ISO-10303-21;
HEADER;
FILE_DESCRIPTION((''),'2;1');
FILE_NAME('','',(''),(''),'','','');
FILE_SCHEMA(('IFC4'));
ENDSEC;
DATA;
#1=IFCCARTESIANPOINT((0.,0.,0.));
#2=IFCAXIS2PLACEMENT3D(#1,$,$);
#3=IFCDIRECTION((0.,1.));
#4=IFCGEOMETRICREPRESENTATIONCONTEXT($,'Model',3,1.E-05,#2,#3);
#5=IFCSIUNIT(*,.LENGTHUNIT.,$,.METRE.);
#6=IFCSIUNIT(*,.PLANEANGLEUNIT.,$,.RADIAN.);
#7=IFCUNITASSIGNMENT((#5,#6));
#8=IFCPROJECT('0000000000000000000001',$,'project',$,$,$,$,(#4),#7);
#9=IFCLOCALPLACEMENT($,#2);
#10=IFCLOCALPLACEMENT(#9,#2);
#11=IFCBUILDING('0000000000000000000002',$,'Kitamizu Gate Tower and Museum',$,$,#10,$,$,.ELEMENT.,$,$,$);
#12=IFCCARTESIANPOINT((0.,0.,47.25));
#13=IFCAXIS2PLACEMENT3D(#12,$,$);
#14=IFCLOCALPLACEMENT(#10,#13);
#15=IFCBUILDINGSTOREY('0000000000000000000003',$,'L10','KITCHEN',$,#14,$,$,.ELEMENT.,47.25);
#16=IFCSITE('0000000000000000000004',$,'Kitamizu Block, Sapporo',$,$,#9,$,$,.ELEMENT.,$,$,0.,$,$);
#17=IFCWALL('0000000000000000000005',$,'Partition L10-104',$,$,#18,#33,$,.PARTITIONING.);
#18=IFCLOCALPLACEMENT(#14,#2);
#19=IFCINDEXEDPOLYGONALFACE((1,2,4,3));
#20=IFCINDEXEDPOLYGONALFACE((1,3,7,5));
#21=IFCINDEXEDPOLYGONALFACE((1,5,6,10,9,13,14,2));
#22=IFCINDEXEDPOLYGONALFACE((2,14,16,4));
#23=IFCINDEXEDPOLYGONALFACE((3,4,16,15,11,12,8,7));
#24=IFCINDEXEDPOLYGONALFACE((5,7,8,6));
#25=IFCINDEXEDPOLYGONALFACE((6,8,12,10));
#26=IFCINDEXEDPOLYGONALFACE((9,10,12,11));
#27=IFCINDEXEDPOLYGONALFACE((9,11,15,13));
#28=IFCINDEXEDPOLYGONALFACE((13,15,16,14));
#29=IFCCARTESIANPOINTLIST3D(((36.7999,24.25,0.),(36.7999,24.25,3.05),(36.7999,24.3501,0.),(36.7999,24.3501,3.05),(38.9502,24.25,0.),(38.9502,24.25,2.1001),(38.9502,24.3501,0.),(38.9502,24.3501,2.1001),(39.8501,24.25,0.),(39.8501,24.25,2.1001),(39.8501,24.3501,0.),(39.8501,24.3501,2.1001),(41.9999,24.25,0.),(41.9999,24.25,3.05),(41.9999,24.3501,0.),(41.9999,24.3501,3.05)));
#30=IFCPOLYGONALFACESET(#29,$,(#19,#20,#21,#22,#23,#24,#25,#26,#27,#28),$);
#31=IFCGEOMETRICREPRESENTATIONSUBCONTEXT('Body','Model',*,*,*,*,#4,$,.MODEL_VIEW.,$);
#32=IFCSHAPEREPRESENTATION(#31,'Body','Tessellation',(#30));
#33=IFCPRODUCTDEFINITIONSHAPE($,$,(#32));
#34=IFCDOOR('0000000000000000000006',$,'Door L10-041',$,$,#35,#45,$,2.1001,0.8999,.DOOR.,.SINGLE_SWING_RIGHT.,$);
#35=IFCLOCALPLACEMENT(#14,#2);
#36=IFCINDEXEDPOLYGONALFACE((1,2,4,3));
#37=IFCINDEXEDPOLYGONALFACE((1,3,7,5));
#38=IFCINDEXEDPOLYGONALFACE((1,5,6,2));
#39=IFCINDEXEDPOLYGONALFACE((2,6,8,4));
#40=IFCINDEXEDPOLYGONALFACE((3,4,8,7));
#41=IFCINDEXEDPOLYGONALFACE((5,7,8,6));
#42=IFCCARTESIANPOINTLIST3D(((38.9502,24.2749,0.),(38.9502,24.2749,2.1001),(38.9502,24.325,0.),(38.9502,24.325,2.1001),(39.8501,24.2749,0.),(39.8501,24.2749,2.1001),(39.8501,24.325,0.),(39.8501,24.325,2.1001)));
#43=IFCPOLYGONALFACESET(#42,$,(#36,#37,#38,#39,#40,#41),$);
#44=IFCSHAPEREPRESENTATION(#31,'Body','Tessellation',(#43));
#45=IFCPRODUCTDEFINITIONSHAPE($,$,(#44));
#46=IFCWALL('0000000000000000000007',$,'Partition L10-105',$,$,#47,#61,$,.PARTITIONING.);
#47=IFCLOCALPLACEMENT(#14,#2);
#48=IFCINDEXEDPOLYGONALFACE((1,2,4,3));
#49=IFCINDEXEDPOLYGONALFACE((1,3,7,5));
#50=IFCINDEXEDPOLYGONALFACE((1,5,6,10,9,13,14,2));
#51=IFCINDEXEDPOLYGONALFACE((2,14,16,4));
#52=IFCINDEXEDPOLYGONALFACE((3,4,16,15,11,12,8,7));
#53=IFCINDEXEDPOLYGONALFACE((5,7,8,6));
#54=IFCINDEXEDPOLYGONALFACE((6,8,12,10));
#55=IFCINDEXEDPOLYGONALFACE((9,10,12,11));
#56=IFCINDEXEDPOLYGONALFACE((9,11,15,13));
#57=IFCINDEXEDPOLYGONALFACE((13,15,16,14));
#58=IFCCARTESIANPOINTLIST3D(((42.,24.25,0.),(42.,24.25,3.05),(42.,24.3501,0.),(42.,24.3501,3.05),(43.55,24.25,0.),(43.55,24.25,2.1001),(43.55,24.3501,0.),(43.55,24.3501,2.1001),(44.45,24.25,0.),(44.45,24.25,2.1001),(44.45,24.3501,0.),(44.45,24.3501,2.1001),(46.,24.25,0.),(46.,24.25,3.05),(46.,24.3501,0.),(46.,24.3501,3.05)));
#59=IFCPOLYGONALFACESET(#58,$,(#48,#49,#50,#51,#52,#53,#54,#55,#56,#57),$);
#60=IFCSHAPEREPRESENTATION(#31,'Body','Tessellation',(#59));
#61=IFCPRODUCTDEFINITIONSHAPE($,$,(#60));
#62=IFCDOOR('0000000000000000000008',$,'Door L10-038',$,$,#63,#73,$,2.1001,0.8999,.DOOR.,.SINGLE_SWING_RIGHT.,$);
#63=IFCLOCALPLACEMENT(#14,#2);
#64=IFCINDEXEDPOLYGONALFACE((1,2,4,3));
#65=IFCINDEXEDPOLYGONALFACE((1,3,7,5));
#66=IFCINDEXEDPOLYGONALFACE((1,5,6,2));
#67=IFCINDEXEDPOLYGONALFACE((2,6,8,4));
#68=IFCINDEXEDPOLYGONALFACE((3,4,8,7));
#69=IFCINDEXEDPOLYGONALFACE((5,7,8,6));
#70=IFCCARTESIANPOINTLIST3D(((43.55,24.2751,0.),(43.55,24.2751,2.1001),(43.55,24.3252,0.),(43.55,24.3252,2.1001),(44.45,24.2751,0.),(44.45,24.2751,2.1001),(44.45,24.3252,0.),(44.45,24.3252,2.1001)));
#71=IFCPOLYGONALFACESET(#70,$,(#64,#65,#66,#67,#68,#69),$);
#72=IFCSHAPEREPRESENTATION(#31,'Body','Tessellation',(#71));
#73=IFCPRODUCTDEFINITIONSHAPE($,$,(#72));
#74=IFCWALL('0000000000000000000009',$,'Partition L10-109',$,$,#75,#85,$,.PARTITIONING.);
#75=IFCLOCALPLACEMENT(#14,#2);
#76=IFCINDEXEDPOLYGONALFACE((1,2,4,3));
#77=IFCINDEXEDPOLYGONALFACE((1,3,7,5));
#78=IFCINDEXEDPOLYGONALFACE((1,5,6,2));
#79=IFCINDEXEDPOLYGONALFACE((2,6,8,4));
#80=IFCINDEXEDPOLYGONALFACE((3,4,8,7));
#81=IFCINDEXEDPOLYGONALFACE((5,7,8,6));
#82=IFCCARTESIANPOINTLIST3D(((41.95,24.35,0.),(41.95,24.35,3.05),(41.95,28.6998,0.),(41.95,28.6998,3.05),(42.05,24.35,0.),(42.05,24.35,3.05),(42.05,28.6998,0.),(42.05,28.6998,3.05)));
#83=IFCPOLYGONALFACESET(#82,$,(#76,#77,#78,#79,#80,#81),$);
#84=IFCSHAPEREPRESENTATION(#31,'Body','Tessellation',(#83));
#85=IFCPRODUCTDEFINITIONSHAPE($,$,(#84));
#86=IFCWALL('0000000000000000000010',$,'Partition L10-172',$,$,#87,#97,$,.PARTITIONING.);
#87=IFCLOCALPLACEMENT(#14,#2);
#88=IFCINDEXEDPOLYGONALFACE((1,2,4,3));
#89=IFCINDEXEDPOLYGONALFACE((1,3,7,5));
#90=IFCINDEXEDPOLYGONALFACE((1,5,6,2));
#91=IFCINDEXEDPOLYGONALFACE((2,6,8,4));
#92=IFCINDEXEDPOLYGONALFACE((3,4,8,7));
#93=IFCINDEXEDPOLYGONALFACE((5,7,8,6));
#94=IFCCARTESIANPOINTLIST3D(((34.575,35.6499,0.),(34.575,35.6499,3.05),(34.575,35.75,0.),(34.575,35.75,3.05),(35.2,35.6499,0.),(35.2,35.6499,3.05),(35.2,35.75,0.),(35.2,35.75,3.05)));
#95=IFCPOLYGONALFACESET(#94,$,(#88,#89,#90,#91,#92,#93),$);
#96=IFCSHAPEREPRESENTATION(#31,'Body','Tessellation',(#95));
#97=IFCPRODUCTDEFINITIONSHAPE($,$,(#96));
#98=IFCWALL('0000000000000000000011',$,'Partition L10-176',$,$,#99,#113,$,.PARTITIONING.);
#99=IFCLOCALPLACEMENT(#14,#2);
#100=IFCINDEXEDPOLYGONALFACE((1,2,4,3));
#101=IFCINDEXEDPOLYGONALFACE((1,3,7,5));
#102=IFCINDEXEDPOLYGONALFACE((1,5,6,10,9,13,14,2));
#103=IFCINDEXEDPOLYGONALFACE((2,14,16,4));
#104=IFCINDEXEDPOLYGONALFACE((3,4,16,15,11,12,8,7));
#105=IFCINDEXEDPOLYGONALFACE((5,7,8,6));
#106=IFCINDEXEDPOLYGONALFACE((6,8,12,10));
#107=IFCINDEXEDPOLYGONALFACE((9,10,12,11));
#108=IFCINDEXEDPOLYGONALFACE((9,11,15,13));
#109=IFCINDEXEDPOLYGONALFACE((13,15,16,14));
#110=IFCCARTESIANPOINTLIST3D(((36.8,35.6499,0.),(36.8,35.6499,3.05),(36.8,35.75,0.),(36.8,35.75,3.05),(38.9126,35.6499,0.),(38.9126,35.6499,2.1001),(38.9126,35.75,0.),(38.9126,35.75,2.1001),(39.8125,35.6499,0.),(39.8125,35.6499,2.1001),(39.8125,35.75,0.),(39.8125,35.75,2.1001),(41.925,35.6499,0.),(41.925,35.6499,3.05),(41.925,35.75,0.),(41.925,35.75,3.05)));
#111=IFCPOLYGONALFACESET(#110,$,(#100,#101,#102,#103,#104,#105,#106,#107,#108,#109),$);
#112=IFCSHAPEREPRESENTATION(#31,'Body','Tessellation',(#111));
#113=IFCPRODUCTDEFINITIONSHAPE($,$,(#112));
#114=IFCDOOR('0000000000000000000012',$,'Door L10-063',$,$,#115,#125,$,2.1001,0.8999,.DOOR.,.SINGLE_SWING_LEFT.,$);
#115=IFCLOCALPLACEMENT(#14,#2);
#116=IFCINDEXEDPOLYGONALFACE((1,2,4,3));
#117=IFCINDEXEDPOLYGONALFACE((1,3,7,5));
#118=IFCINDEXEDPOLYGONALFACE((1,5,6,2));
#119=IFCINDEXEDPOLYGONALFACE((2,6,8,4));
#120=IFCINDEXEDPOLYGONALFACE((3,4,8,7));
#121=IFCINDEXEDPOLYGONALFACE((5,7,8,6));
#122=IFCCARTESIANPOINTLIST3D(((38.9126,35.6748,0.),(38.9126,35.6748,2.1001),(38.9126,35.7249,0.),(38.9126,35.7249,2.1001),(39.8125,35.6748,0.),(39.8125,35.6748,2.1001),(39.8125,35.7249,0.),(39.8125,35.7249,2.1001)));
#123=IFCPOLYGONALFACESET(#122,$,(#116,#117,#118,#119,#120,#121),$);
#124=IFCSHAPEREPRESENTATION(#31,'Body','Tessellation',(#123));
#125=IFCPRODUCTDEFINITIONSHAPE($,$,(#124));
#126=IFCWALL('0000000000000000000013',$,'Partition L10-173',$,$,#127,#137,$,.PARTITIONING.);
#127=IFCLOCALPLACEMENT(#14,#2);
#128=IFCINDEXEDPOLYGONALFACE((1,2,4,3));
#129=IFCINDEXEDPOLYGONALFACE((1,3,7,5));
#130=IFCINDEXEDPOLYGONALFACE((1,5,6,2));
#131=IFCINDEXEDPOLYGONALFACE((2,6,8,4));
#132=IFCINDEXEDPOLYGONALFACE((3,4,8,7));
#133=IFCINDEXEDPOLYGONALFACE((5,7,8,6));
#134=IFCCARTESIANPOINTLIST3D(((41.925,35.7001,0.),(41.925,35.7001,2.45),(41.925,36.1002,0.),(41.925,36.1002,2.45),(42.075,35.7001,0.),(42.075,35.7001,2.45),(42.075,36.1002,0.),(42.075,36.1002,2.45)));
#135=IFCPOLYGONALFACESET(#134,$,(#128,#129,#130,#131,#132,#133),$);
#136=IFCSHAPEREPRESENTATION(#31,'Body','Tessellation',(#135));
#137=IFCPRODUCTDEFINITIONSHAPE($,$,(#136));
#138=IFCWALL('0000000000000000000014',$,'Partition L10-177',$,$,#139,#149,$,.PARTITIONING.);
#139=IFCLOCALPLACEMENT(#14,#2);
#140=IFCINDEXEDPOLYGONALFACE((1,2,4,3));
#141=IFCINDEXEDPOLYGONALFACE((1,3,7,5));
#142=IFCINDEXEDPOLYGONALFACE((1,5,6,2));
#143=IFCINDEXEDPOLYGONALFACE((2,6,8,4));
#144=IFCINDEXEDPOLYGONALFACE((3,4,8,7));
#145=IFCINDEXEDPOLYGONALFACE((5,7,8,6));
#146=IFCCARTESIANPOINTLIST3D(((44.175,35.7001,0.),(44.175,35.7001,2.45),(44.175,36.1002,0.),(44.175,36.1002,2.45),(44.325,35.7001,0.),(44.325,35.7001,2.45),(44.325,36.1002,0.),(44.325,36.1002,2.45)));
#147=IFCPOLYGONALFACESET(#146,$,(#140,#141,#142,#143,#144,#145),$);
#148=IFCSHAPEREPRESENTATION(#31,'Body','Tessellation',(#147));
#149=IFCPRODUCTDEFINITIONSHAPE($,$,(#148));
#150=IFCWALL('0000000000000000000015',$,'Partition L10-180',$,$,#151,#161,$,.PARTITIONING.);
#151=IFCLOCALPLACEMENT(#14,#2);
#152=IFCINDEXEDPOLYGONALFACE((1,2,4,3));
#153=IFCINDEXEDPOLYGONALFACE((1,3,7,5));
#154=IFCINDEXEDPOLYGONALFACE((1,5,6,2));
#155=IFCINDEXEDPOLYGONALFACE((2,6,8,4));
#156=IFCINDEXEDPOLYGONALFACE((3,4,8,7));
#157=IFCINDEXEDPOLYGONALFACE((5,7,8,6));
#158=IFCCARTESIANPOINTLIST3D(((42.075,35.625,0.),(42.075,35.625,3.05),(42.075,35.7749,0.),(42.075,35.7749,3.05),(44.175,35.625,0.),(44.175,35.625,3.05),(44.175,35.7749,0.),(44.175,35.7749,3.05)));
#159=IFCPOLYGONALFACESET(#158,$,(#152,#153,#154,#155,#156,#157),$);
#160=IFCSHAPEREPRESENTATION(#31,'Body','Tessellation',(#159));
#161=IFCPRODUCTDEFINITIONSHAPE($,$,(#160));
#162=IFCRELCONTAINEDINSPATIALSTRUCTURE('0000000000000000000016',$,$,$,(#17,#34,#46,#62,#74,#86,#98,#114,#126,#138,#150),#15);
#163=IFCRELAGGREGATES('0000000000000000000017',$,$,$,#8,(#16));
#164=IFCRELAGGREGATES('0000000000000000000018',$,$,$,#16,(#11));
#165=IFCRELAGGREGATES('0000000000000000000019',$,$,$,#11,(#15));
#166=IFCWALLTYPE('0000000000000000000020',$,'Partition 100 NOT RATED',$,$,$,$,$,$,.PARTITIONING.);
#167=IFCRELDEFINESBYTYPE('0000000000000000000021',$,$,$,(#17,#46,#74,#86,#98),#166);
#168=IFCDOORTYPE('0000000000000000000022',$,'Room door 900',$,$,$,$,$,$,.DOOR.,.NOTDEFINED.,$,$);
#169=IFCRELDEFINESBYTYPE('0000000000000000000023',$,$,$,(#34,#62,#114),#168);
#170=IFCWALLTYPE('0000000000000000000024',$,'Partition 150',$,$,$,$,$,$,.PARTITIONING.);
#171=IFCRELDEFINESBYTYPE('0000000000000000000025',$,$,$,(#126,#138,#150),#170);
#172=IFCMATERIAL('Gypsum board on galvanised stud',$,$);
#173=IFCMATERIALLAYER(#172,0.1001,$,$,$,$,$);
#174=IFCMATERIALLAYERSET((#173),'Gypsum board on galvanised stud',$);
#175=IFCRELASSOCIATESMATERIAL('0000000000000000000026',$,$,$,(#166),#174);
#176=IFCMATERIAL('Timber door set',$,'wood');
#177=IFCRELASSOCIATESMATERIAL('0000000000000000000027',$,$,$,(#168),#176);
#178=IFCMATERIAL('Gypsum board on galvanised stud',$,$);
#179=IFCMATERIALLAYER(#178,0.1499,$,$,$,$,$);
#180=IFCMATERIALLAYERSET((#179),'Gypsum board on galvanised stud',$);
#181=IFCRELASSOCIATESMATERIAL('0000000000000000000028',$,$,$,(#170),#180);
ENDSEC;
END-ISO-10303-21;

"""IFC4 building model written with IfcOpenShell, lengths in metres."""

from ifc_helpers import new_model, si_unit, direction, frame, frame_2d, origin, place, context, subcontext, project, spatial, rectangle, extrude, material, layer, layer_set, type_object, element, fill, save


model = new_model("IFC4")

# Units and contexts
model_context = context("Model", 3, precision=1e-05, world=origin(), true_north=direction((0.0, 1.0)))
body_context = subcontext(model_context, "Body", "Model", "MODEL_VIEW")
ifc_project = project(units=[si_unit("LENGTHUNIT", "METRE"), si_unit("PLANEANGLEUNIT", "RADIAN")], contexts=[model_context])

# Site, building, storey
site_placement = place(None, origin())
site = spatial("IfcSite", under=ifc_project, at=site_placement, Name="Kitamizu Block, Sapporo", CompositionType="ELEMENT", RefElevation=0.0)
building_placement = place(site_placement, origin())
building = spatial("IfcBuilding", under=site, at=building_placement, Name="Kitamizu Gate Tower and Museum", CompositionType="ELEMENT")
storey_placement = place(building_placement, frame((0.0, 0.0, 47.25)))
storey = spatial("IfcBuildingStorey", under=building, at=storey_placement, Name="L10", Description="KITCHEN", CompositionType="ELEMENT", Elevation=47.25)

# Shared definitions
ifc_material_1 = material(Name="Gypsum board on galvanised stud")
ifc_layer_1 = layer(ifc_material_1, 0.1001)
ifc_layer_set_1 = layer_set([ifc_layer_1], Name="Gypsum board on galvanised stud")
wall_type_1 = type_object("IfcWallType", Name="Partition 100 NOT RATED", PredefinedType="PARTITIONING", material=ifc_layer_set_1)

# Walls, openings, doors
wall_1_placement = place(storey_placement, frame((42.0, 24.3, 0.0), z_axis=(0.0, 0.0, 1.0), x_axis=(-1.0, 0.0, 0.0)))
wall_1 = element("IfcWall", 1, at=wall_1_placement, inside=storey, type_object=wall_type_1, Name="Partition L10-104", PredefinedType="PARTITIONING", context=body_context, shape_type="SweptSolid", body=[
    extrude(rectangle(XDim=5.2, YDim=0.1001, at=frame_2d((2.6001, 0.0))), origin(), (0.0, 0.0, 1.0), 3.05),
])
opening_1_placement = place(wall_1_placement, frame((2.1499, 0.0, 0.0)))
opening_1 = element("IfcOpeningElement", 2, at=opening_1_placement, cuts=wall_1, PredefinedType="OPENING", context=body_context, shape_type="SweptSolid", body=[
    extrude(rectangle(XDim=0.8999, YDim=2.1001, at=frame_2d((0.45, 1.05))), frame((0.0, 0.0601, 0.0), z_axis=(0.0, -1.0, 0.0), x_axis=(1.0, 0.0, 0.0)), (0.0, 0.0, 1.0), 0.1201),
])
ifc_material_2 = material(Name="Timber door set", Category="wood")
door_type_1 = type_object("IfcDoorType", Name="Room door 900", OperationType="NOTDEFINED", PredefinedType="DOOR", material=ifc_material_2)
door_1_placement = place(opening_1_placement, frame((0.8999, 0.0, 0.0), x_axis=(-1.0, 0.0, 0.0)))
door_1 = element("IfcDoor", 3, at=door_1_placement, inside=storey, type_object=door_type_1, Name="Door L10-041", OperationType="SINGLE_SWING_RIGHT", OverallHeight=2.1001, OverallWidth=0.8999, PredefinedType="DOOR", context=body_context, shape_type="SweptSolid", body=[
    extrude(rectangle(XDim=0.8999, YDim=2.1001, at=frame_2d((0.45, 1.05))), frame((0.0, 0.0249, 0.0), z_axis=(0.0, -1.0, 0.0), x_axis=(1.0, 0.0, 0.0)), (0.0, 0.0, 1.0), 0.05),
])
fill(opening_1, door_1)
wall_2_placement = place(storey_placement, frame((46.0, 24.3, 0.0), z_axis=(0.0, 0.0, 1.0), x_axis=(-1.0, 0.0, 0.0)))
wall_2 = element("IfcWall", 4, at=wall_2_placement, inside=storey, type_object=wall_type_1, Name="Partition L10-105", PredefinedType="PARTITIONING", context=body_context, shape_type="SweptSolid", body=[
    extrude(rectangle(XDim=4.0, YDim=0.1001, at=frame_2d((2.0, 0.0))), origin(), (0.0, 0.0, 1.0), 3.05),
])
opening_2_placement = place(wall_2_placement, frame((1.55, 0.0, 0.0)))
opening_2 = element("IfcOpeningElement", 5, at=opening_2_placement, cuts=wall_2, PredefinedType="OPENING", context=body_context, shape_type="SweptSolid", body=[
    extrude(rectangle(XDim=0.8999, YDim=2.1001, at=frame_2d((0.45, 1.05))), frame((0.0, 0.0601, 0.0), z_axis=(0.0, -1.0, 0.0), x_axis=(1.0, 0.0, 0.0)), (0.0, 0.0, 1.0), 0.1201),
])
door_2_placement = place(opening_2_placement, origin())
door_2 = element("IfcDoor", 6, at=door_2_placement, inside=storey, type_object=door_type_1, Name="Door L10-038", OperationType="SINGLE_SWING_RIGHT", OverallHeight=2.1001, OverallWidth=0.8999, PredefinedType="DOOR", context=body_context, shape_type="SweptSolid", body=[
    extrude(rectangle(XDim=0.8999, YDim=2.1001, at=frame_2d((0.45, 1.05))), frame((0.0, 0.0249, 0.0), z_axis=(0.0, -1.0, 0.0), x_axis=(1.0, 0.0, 0.0)), (0.0, 0.0, 1.0), 0.05),
])
fill(opening_2, door_2)

# Walls
wall_3_placement = place(storey_placement, frame((42.0, 24.3501, 0.0), z_axis=(0.0, 0.0, 1.0), x_axis=(0.0, 1.0, 0.0)))
element("IfcWall", 7, at=wall_3_placement, inside=storey, type_object=wall_type_1, Name="Partition L10-109", PredefinedType="PARTITIONING", context=body_context, shape_type="SweptSolid", body=[
    extrude(rectangle(XDim=4.3499, YDim=0.1001, at=frame_2d((2.1748, 0.0))), origin(), (0.0, 0.0, 1.0), 3.05),
])
wall_4_placement = place(storey_placement, frame((34.575, 35.7, 0.0), z_axis=(0.0, 0.0, 1.0), x_axis=(1.0, 0.0, 0.0)))
element("IfcWall", 8, at=wall_4_placement, inside=storey, type_object=wall_type_1, Name="Partition L10-172", PredefinedType="PARTITIONING", context=body_context, shape_type="SweptSolid", body=[
    extrude(rectangle(XDim=0.625, YDim=0.1001, at=frame_2d((0.3125, 0.0))), origin(), (0.0, 0.0, 1.0), 3.05),
])

# Wall, opening, door
wall_5_placement = place(storey_placement, frame((36.8, 35.7, 0.0), z_axis=(0.0, 0.0, 1.0), x_axis=(1.0, 0.0, 0.0)))
wall_5 = element("IfcWall", 9, at=wall_5_placement, inside=storey, type_object=wall_type_1, Name="Partition L10-176", PredefinedType="PARTITIONING", context=body_context, shape_type="SweptSolid", body=[
    extrude(rectangle(XDim=5.125, YDim=0.1001, at=frame_2d((2.5625, 0.0))), origin(), (0.0, 0.0, 1.0), 3.05),
])
opening_3_placement = place(wall_5_placement, frame((2.1125, 0.0, 0.0)))
opening_3 = element("IfcOpeningElement", 10, at=opening_3_placement, cuts=wall_5, PredefinedType="OPENING", context=body_context, shape_type="SweptSolid", body=[
    extrude(rectangle(XDim=0.8999, YDim=2.1001, at=frame_2d((0.45, 1.05))), frame((0.0, 0.0601, 0.0), z_axis=(0.0, -1.0, 0.0), x_axis=(1.0, 0.0, 0.0)), (0.0, 0.0, 1.0), 0.1201),
])
door_3_placement = place(opening_3_placement, origin())
door_3 = element("IfcDoor", 11, at=door_3_placement, inside=storey, type_object=door_type_1, Name="Door L10-063", OperationType="SINGLE_SWING_LEFT", OverallHeight=2.1001, OverallWidth=0.8999, PredefinedType="DOOR", context=body_context, shape_type="SweptSolid", body=[
    extrude(rectangle(XDim=0.8999, YDim=2.1001, at=frame_2d((0.45, 1.05))), frame((0.0, 0.0249, 0.0), z_axis=(0.0, -1.0, 0.0), x_axis=(1.0, 0.0, 0.0)), (0.0, 0.0, 1.0), 0.05),
])
fill(opening_3, door_3)

# Walls
ifc_material_3 = material(Name="Gypsum board on galvanised stud")
ifc_layer_2 = layer(ifc_material_3, 0.1499)
ifc_layer_set_2 = layer_set([ifc_layer_2], Name="Gypsum board on galvanised stud")
wall_type_2 = type_object("IfcWallType", Name="Partition 150", PredefinedType="PARTITIONING", material=ifc_layer_set_2)
for number, where, z_axis, x_axis, name in (
    (12, (42.0, 35.7, 0.0), (0.0, 0.0, 1.0), (0.0, 1.0, 0.0), "Partition L10-173"),
    (13, (44.25, 35.7, 0.0), (0.0, 0.0, 1.0), (0.0, 1.0, 0.0), "Partition L10-177"),
):
    element("IfcWall", number, at=place(storey_placement, frame(where, z_axis=z_axis, x_axis=x_axis)), inside=storey, type_object=wall_type_2, Name=name, PredefinedType="PARTITIONING", context=body_context, shape_type="SweptSolid", body=[
        extrude(rectangle(XDim=0.4001, YDim=0.1499, at=frame_2d((0.2002, 0.0))), origin(), (0.0, 0.0, 1.0), 2.45),
    ])
wall_6_placement = place(storey_placement, frame((42.075, 35.7, 0.0), z_axis=(0.0, 0.0, 1.0), x_axis=(1.0, 0.0, 0.0)))
element("IfcWall", 14, at=wall_6_placement, inside=storey, type_object=wall_type_2, Name="Partition L10-180", PredefinedType="PARTITIONING", context=body_context, shape_type="SweptSolid", body=[
    extrude(rectangle(XDim=2.1001, YDim=0.1499, at=frame_2d((1.05, 0.0))), origin(), (0.0, 0.0, 1.0), 3.05),
])

save(model, "model.ifc")
